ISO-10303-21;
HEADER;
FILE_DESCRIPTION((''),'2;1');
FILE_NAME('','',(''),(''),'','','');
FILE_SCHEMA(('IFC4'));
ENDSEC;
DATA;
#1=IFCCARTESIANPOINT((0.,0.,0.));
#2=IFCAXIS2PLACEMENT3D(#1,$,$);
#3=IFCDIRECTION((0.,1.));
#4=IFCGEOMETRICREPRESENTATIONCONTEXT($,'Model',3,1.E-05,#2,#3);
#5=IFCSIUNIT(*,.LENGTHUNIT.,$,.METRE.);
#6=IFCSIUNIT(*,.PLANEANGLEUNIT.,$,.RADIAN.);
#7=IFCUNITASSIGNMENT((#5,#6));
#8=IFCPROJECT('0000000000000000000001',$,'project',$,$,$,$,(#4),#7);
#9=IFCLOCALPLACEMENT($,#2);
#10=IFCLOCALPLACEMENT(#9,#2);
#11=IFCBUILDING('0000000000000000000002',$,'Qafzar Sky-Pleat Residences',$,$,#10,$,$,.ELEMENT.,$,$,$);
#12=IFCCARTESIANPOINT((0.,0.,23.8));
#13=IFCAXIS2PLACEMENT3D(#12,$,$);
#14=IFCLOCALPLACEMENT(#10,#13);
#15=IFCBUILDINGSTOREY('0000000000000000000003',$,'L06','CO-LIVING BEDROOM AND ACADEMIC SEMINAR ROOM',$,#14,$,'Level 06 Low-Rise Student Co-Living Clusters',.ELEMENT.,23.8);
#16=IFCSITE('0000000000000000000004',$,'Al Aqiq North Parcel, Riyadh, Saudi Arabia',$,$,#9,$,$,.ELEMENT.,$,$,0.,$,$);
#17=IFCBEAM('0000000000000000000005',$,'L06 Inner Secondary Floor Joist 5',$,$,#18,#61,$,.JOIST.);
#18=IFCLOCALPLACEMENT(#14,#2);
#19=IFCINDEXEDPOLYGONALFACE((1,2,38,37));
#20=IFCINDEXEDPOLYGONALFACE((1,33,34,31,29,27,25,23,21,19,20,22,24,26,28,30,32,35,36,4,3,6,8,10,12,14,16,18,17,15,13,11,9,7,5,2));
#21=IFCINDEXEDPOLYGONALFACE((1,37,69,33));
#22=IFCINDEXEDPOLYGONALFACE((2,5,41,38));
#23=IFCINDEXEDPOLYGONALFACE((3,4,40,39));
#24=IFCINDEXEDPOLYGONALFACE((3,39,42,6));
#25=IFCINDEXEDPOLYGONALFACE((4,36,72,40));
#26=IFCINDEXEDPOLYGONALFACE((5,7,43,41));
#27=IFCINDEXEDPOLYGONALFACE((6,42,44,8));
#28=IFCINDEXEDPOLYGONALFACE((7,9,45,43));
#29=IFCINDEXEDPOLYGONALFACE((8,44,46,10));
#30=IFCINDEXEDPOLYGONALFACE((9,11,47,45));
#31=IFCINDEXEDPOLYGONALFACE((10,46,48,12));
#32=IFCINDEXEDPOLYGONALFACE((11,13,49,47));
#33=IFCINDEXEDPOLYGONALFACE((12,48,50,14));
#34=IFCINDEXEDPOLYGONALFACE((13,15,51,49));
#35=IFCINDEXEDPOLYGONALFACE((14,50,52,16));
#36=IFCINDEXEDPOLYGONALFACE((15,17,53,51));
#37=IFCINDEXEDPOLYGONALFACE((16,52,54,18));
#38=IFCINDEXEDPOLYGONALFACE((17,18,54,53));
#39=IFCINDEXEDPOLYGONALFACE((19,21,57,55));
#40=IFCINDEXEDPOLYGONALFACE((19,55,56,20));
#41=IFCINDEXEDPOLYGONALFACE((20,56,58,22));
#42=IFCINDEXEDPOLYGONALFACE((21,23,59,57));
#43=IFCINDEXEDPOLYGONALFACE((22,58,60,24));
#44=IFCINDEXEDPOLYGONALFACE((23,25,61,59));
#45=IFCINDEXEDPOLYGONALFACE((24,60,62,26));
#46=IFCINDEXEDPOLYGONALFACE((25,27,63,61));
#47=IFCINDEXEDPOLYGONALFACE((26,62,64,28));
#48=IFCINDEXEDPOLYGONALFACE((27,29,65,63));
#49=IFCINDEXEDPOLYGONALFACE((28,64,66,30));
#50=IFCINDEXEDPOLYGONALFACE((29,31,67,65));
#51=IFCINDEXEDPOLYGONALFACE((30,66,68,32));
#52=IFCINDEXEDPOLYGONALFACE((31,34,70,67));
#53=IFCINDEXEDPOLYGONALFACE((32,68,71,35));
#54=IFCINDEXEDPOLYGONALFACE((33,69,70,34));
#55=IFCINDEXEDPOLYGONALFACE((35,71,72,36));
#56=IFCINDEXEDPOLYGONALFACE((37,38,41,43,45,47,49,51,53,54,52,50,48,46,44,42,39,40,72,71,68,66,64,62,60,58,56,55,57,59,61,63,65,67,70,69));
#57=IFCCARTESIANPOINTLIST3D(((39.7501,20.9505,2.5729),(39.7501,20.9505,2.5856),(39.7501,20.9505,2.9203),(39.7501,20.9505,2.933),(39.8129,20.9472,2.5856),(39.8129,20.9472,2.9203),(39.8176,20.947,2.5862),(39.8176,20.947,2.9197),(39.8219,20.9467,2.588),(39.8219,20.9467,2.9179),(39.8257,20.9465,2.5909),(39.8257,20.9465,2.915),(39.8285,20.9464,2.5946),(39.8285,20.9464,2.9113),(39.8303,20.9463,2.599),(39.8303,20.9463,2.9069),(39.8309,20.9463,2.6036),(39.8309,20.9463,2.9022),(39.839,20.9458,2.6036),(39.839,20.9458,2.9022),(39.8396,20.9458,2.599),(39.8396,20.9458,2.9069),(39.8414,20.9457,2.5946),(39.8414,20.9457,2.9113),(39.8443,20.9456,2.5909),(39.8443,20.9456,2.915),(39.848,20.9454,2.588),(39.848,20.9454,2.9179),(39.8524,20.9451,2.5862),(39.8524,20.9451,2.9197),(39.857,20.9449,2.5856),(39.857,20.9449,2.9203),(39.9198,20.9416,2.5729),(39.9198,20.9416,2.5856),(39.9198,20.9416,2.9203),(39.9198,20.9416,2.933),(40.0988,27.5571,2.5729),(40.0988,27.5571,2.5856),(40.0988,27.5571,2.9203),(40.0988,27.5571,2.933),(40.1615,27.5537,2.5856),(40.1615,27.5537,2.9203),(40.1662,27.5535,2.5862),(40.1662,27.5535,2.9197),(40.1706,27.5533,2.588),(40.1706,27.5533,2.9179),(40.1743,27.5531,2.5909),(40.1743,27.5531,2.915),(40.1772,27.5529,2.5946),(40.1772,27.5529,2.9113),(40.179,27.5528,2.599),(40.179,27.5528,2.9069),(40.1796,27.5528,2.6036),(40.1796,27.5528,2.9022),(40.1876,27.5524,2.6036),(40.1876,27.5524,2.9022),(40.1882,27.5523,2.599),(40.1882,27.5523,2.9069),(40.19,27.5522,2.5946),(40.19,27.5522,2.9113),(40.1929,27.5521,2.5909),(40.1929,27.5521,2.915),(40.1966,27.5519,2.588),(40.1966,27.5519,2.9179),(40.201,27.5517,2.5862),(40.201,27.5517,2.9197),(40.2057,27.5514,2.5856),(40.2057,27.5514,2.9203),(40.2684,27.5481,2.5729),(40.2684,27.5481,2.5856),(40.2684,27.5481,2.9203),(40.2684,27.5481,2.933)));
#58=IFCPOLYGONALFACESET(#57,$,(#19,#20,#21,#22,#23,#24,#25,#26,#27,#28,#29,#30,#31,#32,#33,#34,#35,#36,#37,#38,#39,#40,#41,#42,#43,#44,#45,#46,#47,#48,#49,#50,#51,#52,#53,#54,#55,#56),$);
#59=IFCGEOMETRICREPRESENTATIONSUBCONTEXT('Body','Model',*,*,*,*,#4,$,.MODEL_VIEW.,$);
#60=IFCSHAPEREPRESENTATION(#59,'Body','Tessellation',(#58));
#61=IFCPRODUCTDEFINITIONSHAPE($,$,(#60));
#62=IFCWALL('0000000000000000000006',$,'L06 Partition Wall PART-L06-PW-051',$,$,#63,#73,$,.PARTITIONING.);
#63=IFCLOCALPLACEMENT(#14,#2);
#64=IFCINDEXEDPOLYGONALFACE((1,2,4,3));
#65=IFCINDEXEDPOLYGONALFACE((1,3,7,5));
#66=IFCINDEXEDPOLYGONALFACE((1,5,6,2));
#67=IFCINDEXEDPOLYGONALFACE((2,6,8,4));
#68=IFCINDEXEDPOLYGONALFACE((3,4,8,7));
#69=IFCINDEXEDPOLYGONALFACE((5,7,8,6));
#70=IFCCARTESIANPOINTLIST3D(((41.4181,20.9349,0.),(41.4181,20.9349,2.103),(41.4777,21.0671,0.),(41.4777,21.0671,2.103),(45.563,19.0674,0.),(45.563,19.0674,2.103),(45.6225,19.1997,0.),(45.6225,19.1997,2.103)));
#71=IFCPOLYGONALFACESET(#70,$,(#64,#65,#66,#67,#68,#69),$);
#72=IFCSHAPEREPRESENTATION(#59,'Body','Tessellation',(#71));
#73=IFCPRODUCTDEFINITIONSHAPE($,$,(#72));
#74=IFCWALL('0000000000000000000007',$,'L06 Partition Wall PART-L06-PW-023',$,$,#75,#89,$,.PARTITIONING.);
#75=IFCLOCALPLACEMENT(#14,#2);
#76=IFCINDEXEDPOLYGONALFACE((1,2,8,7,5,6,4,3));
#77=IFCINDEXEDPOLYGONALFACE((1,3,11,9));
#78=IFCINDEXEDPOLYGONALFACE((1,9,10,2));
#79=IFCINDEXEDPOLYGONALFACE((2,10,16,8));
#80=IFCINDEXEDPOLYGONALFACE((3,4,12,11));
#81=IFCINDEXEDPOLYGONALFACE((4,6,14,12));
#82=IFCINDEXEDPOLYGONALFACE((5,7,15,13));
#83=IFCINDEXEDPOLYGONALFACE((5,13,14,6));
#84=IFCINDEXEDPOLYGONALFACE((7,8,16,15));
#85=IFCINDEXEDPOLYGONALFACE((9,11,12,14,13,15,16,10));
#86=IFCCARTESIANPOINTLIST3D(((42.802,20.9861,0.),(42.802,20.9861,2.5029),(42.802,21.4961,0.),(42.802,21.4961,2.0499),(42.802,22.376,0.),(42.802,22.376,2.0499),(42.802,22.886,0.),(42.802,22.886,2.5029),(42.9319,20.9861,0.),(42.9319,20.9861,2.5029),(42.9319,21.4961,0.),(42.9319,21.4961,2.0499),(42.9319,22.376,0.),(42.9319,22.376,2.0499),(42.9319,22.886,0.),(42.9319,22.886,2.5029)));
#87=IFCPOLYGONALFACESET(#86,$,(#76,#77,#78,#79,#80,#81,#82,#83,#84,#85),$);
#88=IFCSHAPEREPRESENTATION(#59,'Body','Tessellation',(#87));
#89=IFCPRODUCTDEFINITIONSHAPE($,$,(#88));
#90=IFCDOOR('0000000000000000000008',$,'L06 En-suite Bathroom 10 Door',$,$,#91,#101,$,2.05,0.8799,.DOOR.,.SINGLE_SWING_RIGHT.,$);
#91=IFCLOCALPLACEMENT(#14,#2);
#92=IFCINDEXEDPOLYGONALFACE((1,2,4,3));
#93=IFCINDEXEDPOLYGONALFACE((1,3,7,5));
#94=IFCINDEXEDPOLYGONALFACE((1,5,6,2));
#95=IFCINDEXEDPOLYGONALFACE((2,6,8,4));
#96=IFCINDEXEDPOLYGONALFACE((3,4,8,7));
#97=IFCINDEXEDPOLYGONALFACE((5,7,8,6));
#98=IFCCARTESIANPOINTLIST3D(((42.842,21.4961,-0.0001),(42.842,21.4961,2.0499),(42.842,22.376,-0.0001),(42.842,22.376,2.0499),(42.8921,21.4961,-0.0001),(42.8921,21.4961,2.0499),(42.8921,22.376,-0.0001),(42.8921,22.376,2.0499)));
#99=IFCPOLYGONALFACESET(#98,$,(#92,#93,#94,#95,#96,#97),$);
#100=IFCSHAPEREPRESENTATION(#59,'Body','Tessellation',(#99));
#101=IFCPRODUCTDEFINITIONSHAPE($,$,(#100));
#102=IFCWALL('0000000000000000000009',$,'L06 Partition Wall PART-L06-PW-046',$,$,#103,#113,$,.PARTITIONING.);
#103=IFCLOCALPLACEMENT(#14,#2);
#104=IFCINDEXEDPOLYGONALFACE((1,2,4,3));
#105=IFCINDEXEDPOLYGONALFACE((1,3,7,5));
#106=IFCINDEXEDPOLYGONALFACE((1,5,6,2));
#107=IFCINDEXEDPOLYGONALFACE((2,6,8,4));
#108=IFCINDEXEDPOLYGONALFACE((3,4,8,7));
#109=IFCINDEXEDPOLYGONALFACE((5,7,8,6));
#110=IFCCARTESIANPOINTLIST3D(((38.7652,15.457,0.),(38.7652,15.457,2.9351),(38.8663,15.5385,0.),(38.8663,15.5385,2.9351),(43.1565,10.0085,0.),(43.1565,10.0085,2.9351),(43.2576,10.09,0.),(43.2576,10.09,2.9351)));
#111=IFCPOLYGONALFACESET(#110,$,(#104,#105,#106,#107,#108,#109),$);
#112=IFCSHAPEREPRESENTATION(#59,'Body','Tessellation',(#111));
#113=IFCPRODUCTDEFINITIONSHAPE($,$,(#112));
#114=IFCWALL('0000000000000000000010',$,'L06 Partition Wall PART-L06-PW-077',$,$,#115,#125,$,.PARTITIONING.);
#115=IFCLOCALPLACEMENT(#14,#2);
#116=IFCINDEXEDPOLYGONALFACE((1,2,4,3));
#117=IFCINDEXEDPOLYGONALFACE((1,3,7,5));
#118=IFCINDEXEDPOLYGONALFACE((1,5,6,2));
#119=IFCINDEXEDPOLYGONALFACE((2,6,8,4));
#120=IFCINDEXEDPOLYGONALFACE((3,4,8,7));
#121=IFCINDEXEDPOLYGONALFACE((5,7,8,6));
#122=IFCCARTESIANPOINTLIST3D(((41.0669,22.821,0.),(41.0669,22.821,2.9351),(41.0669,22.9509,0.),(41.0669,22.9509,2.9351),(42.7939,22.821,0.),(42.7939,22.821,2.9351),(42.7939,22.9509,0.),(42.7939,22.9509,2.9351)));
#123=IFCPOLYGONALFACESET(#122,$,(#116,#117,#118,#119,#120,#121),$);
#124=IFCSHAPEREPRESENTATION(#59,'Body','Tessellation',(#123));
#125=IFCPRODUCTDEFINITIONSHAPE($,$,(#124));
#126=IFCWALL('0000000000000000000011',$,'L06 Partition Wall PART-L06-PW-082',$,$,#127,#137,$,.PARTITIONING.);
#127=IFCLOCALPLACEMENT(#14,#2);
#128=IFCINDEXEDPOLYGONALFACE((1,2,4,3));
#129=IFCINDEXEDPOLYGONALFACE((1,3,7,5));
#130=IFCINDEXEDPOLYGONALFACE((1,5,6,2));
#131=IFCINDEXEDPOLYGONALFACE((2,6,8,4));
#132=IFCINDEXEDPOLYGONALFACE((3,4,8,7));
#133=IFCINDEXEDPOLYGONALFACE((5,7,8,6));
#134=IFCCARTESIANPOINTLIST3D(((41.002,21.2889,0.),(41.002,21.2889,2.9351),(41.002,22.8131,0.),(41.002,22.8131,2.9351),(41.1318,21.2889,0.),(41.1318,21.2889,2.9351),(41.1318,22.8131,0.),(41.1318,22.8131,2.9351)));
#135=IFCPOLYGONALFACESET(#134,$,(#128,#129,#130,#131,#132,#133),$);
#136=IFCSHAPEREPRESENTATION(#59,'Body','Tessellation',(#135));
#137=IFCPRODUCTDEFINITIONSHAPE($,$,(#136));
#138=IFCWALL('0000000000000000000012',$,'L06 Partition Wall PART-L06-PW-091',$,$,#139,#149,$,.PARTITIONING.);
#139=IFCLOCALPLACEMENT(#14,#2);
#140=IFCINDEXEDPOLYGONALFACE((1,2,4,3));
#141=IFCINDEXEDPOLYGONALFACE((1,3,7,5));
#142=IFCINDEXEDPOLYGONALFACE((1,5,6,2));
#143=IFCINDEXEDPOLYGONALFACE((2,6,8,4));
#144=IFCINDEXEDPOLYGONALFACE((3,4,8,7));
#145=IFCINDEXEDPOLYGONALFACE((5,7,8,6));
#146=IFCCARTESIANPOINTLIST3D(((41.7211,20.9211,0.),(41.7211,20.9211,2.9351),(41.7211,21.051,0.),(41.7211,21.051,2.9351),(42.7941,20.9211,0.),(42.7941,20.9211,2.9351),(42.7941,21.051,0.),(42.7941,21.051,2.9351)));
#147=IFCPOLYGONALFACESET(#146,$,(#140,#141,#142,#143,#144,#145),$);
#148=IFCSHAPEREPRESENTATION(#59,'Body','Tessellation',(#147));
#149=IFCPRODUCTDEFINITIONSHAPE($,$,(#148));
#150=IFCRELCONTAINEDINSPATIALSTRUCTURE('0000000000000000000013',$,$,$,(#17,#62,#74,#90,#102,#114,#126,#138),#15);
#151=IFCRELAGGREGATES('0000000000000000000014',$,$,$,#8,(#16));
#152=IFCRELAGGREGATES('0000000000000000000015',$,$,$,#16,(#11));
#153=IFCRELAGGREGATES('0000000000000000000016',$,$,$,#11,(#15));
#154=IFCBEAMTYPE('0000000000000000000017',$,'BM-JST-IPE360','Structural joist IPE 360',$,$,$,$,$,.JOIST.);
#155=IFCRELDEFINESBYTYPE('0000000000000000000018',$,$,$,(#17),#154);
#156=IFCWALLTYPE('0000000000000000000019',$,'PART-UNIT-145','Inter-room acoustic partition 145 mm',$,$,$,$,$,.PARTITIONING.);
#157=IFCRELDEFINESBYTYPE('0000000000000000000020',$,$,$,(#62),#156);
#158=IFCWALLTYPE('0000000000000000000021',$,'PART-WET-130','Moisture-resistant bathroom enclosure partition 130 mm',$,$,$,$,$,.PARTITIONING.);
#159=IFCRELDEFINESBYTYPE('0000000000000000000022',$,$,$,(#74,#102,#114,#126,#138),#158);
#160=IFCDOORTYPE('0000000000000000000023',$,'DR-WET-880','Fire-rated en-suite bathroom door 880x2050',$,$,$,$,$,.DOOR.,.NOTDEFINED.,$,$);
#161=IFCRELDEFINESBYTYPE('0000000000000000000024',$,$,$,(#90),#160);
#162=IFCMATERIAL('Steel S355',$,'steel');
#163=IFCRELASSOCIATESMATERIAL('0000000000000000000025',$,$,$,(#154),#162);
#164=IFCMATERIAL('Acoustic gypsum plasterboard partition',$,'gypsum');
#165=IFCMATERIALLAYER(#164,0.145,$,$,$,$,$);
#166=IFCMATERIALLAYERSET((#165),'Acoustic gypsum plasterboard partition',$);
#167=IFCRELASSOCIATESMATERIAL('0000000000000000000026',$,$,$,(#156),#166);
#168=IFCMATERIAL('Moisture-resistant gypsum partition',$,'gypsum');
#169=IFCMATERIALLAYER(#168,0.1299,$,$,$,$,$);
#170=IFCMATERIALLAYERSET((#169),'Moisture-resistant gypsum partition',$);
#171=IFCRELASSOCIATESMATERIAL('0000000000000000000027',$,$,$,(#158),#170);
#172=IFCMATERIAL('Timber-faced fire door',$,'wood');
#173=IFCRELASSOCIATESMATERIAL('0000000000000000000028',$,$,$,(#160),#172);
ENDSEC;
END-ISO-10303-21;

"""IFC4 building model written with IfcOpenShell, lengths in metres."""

from ifc_helpers import new_model, si_unit, direction, frame, frame_2d, origin, origin_2d, place, context, subcontext, project, spatial, rectangle, i_section, extrude, source, transform, mapped, material, layer, layer_set, material_profile, profile_set, type_object, element, fill, save


model = new_model("IFC4")

# Units and contexts
model_context = context("Model", 3, precision=1e-05, world=origin(), true_north=direction((0.0, 1.0)))
body_context = subcontext(model_context, "Body", "Model", "MODEL_VIEW")
ifc_project = project(units=[si_unit("LENGTHUNIT", "METRE"), si_unit("PLANEANGLEUNIT", "RADIAN")], contexts=[model_context])

# Site, building, storey
site_placement = place(None, origin())
site = spatial("IfcSite", under=ifc_project, at=site_placement, Name="Al Aqiq North Parcel, Riyadh, Saudi Arabia", CompositionType="ELEMENT", RefElevation=0.0)
building_placement = place(site_placement, origin())
building = spatial("IfcBuilding", under=site, at=building_placement, Name="Qafzar Sky-Pleat Residences", CompositionType="ELEMENT")
storey_placement = place(building_placement, frame((0.0, 0.0, 23.8)))
storey = spatial("IfcBuildingStorey", under=building, at=storey_placement, Name="L06", Description="CO-LIVING BEDROOM AND ACADEMIC SEMINAR ROOM", LongName="Level 06 Low-Rise Student Co-Living Clusters", CompositionType="ELEMENT", Elevation=23.8)

# Beam
ifc_material_1 = material(Name="Steel S355", Category="steel")
ifc_material_profile_1 = material_profile(ifc_material_1, i_section(OverallWidth=0.1699, OverallDepth=0.3601, WebThickness=0.0081, FlangeThickness=0.0127, FilletRadius=0.0181, at=origin_2d()), Name="IPE 360")
ifc_profile_set_1 = profile_set([ifc_material_profile_1], Name="Steel S355")
beam_type_1 = type_object("IfcBeamType", Name="BM-JST-IPE360", Description="Structural joist IPE 360", PredefinedType="JOIST", material=ifc_profile_set_1)
shared_shape_1 = source(origin(), body_context, "Body", "SweptSolid", [
    extrude(i_section(OverallWidth=0.1699, OverallDepth=0.3601, WebThickness=0.0081, FlangeThickness=0.0127, FilletRadius=0.0181, at=origin_2d()), origin(), (0.0, 0.0, 1.0), 6.6157),
])
beam_1_placement = place(storey_placement, frame((39.835, 20.946, 2.7529), z_axis=(0.052698, 0.99861, 0.0), x_axis=(-0.99861, 0.052698, 0.0)))
element("IfcBeam", 1, at=beam_1_placement, inside=storey, type_object=beam_type_1, Name="L06 Inner Secondary Floor Joist 5", PredefinedType="JOIST", context=body_context, shape_type="MappedRepresentation", body=[
    mapped(shared_shape_1, transform((0.0, 0.0, 0.0), x_axis=(1.0, 0.0, 0.0), y_axis=(0.0, 1.0, 0.0), z_axis=(0.0, 0.0, 1.0), scale=1.0)),
])

# Wall
ifc_material_2 = material(Name="Acoustic gypsum plasterboard partition", Category="gypsum")
ifc_layer_1 = layer(ifc_material_2, 0.145)
ifc_layer_set_1 = layer_set([ifc_layer_1], Name="Acoustic gypsum plasterboard partition")
wall_type_1 = type_object("IfcWallType", Name="PART-UNIT-145", Description="Inter-room acoustic partition 145 mm", PredefinedType="PARTITIONING", material=ifc_layer_set_1)
wall_1_placement = place(storey_placement, frame((41.448, 21.001, 0.0), z_axis=(0.0, 0.0, 1.0), x_axis=(0.911734, -0.410782, 0.0)))
element("IfcWall", 2, at=wall_1_placement, inside=storey, type_object=wall_type_1, Name="L06 Partition Wall PART-L06-PW-051", PredefinedType="PARTITIONING", context=body_context, shape_type="SweptSolid", body=[
    extrude(rectangle(XDim=4.5461, YDim=0.145, at=frame_2d((2.2729, 0.0))), origin(), (0.0, 0.0, 1.0), 2.103),
])

# Wall, opening, door
ifc_material_3 = material(Name="Moisture-resistant gypsum partition", Category="gypsum")
ifc_layer_2 = layer(ifc_material_3, 0.1299)
ifc_layer_set_2 = layer_set([ifc_layer_2], Name="Moisture-resistant gypsum partition")
wall_type_2 = type_object("IfcWallType", Name="PART-WET-130", Description="Moisture-resistant bathroom enclosure partition 130 mm", PredefinedType="PARTITIONING", material=ifc_layer_set_2)
wall_2_placement = place(storey_placement, frame((42.8669, 20.9861, 0.0), z_axis=(0.0, 0.0, 1.0), x_axis=(0.0, 1.0, 0.0)))
wall_2 = element("IfcWall", 3, at=wall_2_placement, inside=storey, type_object=wall_type_2, Name="L06 Partition Wall PART-L06-PW-023", PredefinedType="PARTITIONING", context=body_context, shape_type="SweptSolid", body=[
    extrude(rectangle(XDim=1.8999, YDim=0.1299, at=frame_2d((0.95, 0.0))), origin(), (0.0, 0.0, 1.0), 2.5029),
])
opening_1_placement = place(wall_2_placement, frame((0.51, 0.0, 0.0)))
opening_1 = element("IfcOpeningElement", 4, at=opening_1_placement, cuts=wall_2, PredefinedType="OPENING", context=body_context, shape_type="SweptSolid", body=[
    extrude(rectangle(XDim=0.8799, YDim=2.05, at=frame_2d((0.4399, 1.0249))), frame((0.0, 0.075, 0.0), z_axis=(0.0, -1.0, 0.0), x_axis=(1.0, 0.0, 0.0)), (0.0, 0.0, 1.0), 0.1499),
])
ifc_material_4 = material(Name="Timber-faced fire door", Category="wood")
door_type_1 = type_object("IfcDoorType", Name="DR-WET-880", Description="Fire-rated en-suite bathroom door 880x2050", OperationType="NOTDEFINED", PredefinedType="DOOR", material=ifc_material_4)
shared_shape_2 = source(origin(), body_context, "Body", "SweptSolid", [
    extrude(rectangle(XDim=0.8799, YDim=2.05, at=frame_2d((0.4399, 1.0249))), frame((0.0, 0.0249, 0.0), z_axis=(0.0, -1.0, 0.0), x_axis=(1.0, 0.0, 0.0)), (0.0, 0.0, 1.0), 0.05),
])
door_1_placement = place(opening_1_placement, origin())
door_1 = element("IfcDoor", 5, at=door_1_placement, inside=storey, type_object=door_type_1, Name="L06 En-suite Bathroom 10 Door", OperationType="SINGLE_SWING_RIGHT", OverallHeight=2.05, OverallWidth=0.8799, PredefinedType="DOOR", context=body_context, shape_type="MappedRepresentation", body=[
    mapped(shared_shape_2, transform((0.0, 0.0, 0.0), x_axis=(1.0, 0.0, 0.0), y_axis=(0.0, 1.0, 0.0), z_axis=(0.0, 0.0, 1.0), scale=1.0)),
])
fill(opening_1, door_1)

# Walls
wall_3_placement = place(storey_placement, frame((38.8157, 15.4978, 0.0), z_axis=(0.0, 0.0, 1.0), x_axis=(0.627529, -0.778593, 0.0)))
element("IfcWall", 6, at=wall_3_placement, inside=storey, type_object=wall_type_2, Name="L06 Partition Wall PART-L06-PW-046", PredefinedType="PARTITIONING", context=body_context, shape_type="SweptSolid", body=[
    extrude(rectangle(XDim=6.9978, YDim=0.1299, at=frame_2d((3.499, 0.0))), origin(), (0.0, 0.0, 1.0), 2.9351),
])
wall_4_placement = place(storey_placement, frame((41.0669, 22.886, 0.0), z_axis=(0.0, 0.0, 1.0), x_axis=(1.0, 0.0, 0.0)))
element("IfcWall", 7, at=wall_4_placement, inside=storey, type_object=wall_type_2, Name="L06 Partition Wall PART-L06-PW-077", PredefinedType="PARTITIONING", context=body_context, shape_type="SweptSolid", body=[
    extrude(rectangle(XDim=1.7271, YDim=0.1299, at=frame_2d((0.8635, 0.0))), origin(), (0.0, 0.0, 1.0), 2.9351),
])
wall_5_placement = place(storey_placement, frame((41.0669, 21.2888, 0.0), z_axis=(0.0, 0.0, 1.0), x_axis=(0.0, 1.0, 0.0)))
element("IfcWall", 8, at=wall_5_placement, inside=storey, type_object=wall_type_2, Name="L06 Partition Wall PART-L06-PW-082", PredefinedType="PARTITIONING", context=body_context, shape_type="SweptSolid", body=[
    extrude(rectangle(XDim=1.5242, YDim=0.1299, at=frame_2d((0.7622, 0.0))), origin(), (0.0, 0.0, 1.0), 2.9351),
])
wall_6_placement = place(storey_placement, frame((41.7209, 20.9861, 0.0), z_axis=(0.0, 0.0, 1.0), x_axis=(1.0, 0.0, 0.0)))
element("IfcWall", 9, at=wall_6_placement, inside=storey, type_object=wall_type_2, Name="L06 Partition Wall PART-L06-PW-091", PredefinedType="PARTITIONING", context=body_context, shape_type="SweptSolid", body=[
    extrude(rectangle(XDim=1.073, YDim=0.1299, at=frame_2d((0.5366, 0.0))), origin(), (0.0, 0.0, 1.0), 2.9351),
])

save(model, "model.ifc")
